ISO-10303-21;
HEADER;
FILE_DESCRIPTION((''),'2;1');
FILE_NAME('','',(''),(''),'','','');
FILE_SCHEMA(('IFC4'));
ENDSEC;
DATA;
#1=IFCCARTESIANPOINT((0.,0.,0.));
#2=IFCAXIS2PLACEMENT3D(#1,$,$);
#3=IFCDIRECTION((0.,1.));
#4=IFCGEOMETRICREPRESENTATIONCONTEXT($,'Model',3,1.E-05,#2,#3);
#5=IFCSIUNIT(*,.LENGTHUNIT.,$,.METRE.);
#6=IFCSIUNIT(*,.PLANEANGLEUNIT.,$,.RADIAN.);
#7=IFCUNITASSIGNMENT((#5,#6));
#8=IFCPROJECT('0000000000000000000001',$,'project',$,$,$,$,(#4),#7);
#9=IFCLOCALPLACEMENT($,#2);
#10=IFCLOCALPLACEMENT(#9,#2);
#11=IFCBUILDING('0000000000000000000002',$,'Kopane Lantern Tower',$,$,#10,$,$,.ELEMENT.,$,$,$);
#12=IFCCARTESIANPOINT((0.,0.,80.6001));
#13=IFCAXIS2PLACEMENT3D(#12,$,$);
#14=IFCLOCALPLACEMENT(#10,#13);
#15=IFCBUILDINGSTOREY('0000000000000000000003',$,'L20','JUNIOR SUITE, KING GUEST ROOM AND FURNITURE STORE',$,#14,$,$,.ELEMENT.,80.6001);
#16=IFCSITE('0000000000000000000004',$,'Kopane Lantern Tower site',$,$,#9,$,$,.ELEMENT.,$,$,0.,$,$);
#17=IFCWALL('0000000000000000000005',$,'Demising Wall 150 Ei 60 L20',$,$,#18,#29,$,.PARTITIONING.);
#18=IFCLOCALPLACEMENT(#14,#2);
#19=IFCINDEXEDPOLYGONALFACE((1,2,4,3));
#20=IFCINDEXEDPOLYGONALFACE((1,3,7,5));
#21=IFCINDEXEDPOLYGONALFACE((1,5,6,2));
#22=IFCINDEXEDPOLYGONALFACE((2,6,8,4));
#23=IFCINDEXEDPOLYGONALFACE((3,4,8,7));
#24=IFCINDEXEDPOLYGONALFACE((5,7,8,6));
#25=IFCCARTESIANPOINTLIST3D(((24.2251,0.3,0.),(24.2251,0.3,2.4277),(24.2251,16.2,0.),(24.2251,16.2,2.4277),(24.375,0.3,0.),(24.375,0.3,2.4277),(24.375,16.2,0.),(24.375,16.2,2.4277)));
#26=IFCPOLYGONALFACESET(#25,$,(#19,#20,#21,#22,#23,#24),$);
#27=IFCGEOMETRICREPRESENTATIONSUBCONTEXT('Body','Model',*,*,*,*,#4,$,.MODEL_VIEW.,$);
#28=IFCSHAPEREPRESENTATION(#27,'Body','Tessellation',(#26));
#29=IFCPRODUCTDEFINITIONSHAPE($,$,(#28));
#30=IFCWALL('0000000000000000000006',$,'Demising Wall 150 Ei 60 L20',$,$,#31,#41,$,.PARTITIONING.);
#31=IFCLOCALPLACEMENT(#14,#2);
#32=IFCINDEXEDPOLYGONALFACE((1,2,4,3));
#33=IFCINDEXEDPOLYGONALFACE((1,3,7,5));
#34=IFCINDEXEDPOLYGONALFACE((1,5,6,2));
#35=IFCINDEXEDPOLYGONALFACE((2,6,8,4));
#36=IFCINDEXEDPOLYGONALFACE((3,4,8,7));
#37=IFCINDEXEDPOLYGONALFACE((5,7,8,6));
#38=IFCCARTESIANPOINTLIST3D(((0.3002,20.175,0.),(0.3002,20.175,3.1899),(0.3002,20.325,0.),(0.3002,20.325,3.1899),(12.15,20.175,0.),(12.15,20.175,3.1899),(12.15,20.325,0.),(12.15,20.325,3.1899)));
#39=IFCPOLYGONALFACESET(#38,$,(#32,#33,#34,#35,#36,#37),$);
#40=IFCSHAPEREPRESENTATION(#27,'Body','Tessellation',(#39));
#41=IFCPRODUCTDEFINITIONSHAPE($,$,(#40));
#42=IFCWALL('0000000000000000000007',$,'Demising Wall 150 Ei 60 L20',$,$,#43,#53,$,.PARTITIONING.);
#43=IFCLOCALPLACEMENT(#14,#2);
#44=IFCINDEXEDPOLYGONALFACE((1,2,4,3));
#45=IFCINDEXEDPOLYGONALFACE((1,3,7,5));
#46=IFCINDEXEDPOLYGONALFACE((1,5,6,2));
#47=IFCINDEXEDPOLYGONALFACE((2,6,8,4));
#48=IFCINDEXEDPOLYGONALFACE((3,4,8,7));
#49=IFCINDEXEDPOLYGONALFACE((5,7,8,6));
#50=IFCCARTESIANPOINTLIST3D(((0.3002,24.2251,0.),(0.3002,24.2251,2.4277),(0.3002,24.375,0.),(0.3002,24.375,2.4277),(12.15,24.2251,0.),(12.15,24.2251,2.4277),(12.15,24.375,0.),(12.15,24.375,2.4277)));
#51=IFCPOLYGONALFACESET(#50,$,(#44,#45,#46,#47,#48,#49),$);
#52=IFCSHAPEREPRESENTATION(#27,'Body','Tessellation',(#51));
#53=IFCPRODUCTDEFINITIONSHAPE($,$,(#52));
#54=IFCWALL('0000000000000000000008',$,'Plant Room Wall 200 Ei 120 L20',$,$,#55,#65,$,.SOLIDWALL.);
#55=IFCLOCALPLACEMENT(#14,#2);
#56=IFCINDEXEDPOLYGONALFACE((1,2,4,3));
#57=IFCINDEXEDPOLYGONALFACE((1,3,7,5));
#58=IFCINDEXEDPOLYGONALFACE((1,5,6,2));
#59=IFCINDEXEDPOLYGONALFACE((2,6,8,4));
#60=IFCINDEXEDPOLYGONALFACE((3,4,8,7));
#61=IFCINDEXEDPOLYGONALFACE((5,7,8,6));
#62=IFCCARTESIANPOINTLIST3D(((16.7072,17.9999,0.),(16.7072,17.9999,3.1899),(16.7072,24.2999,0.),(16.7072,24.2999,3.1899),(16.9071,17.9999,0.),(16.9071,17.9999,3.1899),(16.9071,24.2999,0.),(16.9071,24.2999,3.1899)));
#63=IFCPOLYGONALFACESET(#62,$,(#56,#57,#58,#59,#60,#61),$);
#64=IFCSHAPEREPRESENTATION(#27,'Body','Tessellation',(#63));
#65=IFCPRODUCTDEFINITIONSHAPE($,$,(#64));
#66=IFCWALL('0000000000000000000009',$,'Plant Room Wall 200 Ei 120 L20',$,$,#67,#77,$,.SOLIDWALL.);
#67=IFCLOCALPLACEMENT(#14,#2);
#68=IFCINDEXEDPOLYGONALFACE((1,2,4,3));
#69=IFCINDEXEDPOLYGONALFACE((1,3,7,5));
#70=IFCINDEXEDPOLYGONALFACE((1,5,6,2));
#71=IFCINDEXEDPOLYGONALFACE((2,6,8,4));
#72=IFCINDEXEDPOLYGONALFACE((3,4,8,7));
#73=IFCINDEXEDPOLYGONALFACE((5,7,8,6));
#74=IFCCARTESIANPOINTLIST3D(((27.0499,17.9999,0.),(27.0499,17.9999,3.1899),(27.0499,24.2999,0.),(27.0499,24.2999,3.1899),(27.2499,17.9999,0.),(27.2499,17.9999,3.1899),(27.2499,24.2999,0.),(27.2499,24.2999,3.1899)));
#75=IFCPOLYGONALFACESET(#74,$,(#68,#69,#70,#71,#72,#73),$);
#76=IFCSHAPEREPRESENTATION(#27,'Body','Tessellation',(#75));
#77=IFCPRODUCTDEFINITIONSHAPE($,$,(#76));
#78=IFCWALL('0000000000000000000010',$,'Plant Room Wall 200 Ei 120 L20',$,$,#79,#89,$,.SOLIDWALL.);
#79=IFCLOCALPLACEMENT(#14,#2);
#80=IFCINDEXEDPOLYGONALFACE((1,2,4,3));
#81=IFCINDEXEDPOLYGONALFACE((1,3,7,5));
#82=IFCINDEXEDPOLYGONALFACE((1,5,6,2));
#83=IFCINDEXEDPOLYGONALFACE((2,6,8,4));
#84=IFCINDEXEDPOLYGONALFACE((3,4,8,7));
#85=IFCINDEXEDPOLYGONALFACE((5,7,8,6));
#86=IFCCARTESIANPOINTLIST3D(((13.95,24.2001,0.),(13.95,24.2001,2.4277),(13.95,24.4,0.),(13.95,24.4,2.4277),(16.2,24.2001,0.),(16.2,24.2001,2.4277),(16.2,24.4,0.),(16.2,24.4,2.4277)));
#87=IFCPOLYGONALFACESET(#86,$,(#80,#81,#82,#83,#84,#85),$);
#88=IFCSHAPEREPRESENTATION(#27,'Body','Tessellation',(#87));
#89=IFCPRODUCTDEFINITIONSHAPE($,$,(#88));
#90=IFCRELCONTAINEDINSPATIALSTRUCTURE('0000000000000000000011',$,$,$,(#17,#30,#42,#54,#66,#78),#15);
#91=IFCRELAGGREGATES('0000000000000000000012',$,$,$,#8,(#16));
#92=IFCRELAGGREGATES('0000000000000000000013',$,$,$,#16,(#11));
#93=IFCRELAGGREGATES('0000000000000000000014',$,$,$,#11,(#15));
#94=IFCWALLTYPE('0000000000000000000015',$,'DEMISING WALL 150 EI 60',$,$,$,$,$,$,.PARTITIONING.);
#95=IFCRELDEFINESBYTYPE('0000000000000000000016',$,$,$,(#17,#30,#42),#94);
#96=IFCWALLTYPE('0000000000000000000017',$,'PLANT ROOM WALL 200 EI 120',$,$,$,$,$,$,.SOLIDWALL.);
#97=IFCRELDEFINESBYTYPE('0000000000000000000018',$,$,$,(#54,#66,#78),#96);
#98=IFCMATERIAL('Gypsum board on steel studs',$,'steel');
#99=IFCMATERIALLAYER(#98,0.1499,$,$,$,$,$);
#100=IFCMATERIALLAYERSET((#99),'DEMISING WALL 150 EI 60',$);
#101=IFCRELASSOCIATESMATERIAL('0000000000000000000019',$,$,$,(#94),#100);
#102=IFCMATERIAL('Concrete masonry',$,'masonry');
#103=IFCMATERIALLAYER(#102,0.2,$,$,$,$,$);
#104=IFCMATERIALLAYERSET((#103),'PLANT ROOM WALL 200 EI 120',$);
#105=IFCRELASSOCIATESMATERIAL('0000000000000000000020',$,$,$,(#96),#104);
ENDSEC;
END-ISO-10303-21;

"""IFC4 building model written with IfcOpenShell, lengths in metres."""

from ifc_helpers import new_model, si_unit, direction, frame, frame_2d, origin, place, context, subcontext, project, spatial, rectangle, extrude, material, layer, layer_set, type_object, element, save


model = new_model("IFC4")

# Units and contexts
model_context = context("Model", 3, precision=1e-05, world=origin(), true_north=direction((0.0, 1.0)))
body_context = subcontext(model_context, "Body", "Model", "MODEL_VIEW")
ifc_project = project(units=[si_unit("LENGTHUNIT", "METRE"), si_unit("PLANEANGLEUNIT", "RADIAN")], contexts=[model_context])

# Site, building, storey
site_placement = place(None, origin())
site = spatial("IfcSite", under=ifc_project, at=site_placement, Name="Kopane Lantern Tower site", CompositionType="ELEMENT", RefElevation=0.0)
building_placement = place(site_placement, origin())
building = spatial("IfcBuilding", under=site, at=building_placement, Name="Kopane Lantern Tower", CompositionType="ELEMENT")
storey_placement = place(building_placement, frame((0.0, 0.0, 80.6001)))
storey = spatial("IfcBuildingStorey", under=building, at=storey_placement, Name="L20", Description="JUNIOR SUITE, KING GUEST ROOM AND FURNITURE STORE", CompositionType="ELEMENT", Elevation=80.6001)

# Walls
ifc_material_1 = material(Name="Gypsum board on steel studs", Category="steel")
ifc_layer_1 = layer(ifc_material_1, 0.1499)
ifc_layer_set_1 = layer_set([ifc_layer_1], Name="DEMISING WALL 150 EI 60")
wall_type_1 = type_object("IfcWallType", Name="DEMISING WALL 150 EI 60", PredefinedType="PARTITIONING", material=ifc_layer_set_1)
wall_1_placement = place(storey_placement, frame((24.3, 16.2, 0.0), z_axis=(0.0, 0.0, 1.0), x_axis=(0.0, -1.0, 0.0)))
element("IfcWall", 1, at=wall_1_placement, inside=storey, type_object=wall_type_1, Name="Demising Wall 150 Ei 60 L20", PredefinedType="PARTITIONING", context=body_context, shape_type="SweptSolid", body=[
    extrude(rectangle(XDim=15.8999, YDim=0.1499, at=frame_2d((7.95, 0.0))), origin(), (0.0, 0.0, 1.0), 2.4277),
])
wall_2_placement = place(storey_placement, frame((12.1499, 20.25, 0.0), z_axis=(0.0, 0.0, 1.0), x_axis=(-1.0, 0.0, 0.0)))
element("IfcWall", 2, at=wall_2_placement, inside=storey, type_object=wall_type_1, Name="Demising Wall 150 Ei 60 L20", PredefinedType="PARTITIONING", context=body_context, shape_type="SweptSolid", body=[
    extrude(rectangle(XDim=11.8499, YDim=0.1499, at=frame_2d((5.9248, 0.0))), origin(), (0.0, 0.0, 1.0), 3.1899),
])
wall_3_placement = place(storey_placement, frame((12.1499, 24.3, 0.0), z_axis=(0.0, 0.0, 1.0), x_axis=(-1.0, 0.0, 0.0)))
element("IfcWall", 3, at=wall_3_placement, inside=storey, type_object=wall_type_1, Name="Demising Wall 150 Ei 60 L20", PredefinedType="PARTITIONING", context=body_context, shape_type="SweptSolid", body=[
    extrude(rectangle(XDim=11.8499, YDim=0.1499, at=frame_2d((5.9248, 0.0))), origin(), (0.0, 0.0, 1.0), 2.4277),
])
ifc_material_2 = material(Name="Concrete masonry", Category="masonry")
ifc_layer_2 = layer(ifc_material_2, 0.2)
ifc_layer_set_2 = layer_set([ifc_layer_2], Name="PLANT ROOM WALL 200 EI 120")
wall_type_2 = type_object("IfcWallType", Name="PLANT ROOM WALL 200 EI 120", PredefinedType="SOLIDWALL", material=ifc_layer_set_2)
for number, where, z_axis, x_axis, name in (
    (4, (16.8071, 18.0, 0.0), (0.0, 0.0, 1.0), (0.0, 1.0, 0.0), "Plant Room Wall 200 Ei 120 L20"),
    (5, (27.1499, 18.0, 0.0), (0.0, 0.0, 1.0), (0.0, 1.0, 0.0), "Plant Room Wall 200 Ei 120 L20"),
):
    element("IfcWall", number, at=place(storey_placement, frame(where, z_axis=z_axis, x_axis=x_axis)), inside=storey, type_object=wall_type_2, Name=name, PredefinedType="SOLIDWALL", context=body_context, shape_type="SweptSolid", body=[
        extrude(rectangle(XDim=6.3, YDim=0.2, at=frame_2d((3.1499, 0.0))), origin(), (0.0, 0.0, 1.0), 3.1899),
    ])
wall_4_placement = place(storey_placement, frame((13.95, 24.3, 0.0), z_axis=(0.0, 0.0, 1.0), x_axis=(1.0, 0.0, 0.0)))
element("IfcWall", 6, at=wall_4_placement, inside=storey, type_object=wall_type_2, Name="Plant Room Wall 200 Ei 120 L20", PredefinedType="SOLIDWALL", context=body_context, shape_type="SweptSolid", body=[
    extrude(rectangle(XDim=2.25, YDim=0.2, at=frame_2d((1.125, 0.0))), origin(), (0.0, 0.0, 1.0), 2.4277),
])

save(model, "model.ifc")
